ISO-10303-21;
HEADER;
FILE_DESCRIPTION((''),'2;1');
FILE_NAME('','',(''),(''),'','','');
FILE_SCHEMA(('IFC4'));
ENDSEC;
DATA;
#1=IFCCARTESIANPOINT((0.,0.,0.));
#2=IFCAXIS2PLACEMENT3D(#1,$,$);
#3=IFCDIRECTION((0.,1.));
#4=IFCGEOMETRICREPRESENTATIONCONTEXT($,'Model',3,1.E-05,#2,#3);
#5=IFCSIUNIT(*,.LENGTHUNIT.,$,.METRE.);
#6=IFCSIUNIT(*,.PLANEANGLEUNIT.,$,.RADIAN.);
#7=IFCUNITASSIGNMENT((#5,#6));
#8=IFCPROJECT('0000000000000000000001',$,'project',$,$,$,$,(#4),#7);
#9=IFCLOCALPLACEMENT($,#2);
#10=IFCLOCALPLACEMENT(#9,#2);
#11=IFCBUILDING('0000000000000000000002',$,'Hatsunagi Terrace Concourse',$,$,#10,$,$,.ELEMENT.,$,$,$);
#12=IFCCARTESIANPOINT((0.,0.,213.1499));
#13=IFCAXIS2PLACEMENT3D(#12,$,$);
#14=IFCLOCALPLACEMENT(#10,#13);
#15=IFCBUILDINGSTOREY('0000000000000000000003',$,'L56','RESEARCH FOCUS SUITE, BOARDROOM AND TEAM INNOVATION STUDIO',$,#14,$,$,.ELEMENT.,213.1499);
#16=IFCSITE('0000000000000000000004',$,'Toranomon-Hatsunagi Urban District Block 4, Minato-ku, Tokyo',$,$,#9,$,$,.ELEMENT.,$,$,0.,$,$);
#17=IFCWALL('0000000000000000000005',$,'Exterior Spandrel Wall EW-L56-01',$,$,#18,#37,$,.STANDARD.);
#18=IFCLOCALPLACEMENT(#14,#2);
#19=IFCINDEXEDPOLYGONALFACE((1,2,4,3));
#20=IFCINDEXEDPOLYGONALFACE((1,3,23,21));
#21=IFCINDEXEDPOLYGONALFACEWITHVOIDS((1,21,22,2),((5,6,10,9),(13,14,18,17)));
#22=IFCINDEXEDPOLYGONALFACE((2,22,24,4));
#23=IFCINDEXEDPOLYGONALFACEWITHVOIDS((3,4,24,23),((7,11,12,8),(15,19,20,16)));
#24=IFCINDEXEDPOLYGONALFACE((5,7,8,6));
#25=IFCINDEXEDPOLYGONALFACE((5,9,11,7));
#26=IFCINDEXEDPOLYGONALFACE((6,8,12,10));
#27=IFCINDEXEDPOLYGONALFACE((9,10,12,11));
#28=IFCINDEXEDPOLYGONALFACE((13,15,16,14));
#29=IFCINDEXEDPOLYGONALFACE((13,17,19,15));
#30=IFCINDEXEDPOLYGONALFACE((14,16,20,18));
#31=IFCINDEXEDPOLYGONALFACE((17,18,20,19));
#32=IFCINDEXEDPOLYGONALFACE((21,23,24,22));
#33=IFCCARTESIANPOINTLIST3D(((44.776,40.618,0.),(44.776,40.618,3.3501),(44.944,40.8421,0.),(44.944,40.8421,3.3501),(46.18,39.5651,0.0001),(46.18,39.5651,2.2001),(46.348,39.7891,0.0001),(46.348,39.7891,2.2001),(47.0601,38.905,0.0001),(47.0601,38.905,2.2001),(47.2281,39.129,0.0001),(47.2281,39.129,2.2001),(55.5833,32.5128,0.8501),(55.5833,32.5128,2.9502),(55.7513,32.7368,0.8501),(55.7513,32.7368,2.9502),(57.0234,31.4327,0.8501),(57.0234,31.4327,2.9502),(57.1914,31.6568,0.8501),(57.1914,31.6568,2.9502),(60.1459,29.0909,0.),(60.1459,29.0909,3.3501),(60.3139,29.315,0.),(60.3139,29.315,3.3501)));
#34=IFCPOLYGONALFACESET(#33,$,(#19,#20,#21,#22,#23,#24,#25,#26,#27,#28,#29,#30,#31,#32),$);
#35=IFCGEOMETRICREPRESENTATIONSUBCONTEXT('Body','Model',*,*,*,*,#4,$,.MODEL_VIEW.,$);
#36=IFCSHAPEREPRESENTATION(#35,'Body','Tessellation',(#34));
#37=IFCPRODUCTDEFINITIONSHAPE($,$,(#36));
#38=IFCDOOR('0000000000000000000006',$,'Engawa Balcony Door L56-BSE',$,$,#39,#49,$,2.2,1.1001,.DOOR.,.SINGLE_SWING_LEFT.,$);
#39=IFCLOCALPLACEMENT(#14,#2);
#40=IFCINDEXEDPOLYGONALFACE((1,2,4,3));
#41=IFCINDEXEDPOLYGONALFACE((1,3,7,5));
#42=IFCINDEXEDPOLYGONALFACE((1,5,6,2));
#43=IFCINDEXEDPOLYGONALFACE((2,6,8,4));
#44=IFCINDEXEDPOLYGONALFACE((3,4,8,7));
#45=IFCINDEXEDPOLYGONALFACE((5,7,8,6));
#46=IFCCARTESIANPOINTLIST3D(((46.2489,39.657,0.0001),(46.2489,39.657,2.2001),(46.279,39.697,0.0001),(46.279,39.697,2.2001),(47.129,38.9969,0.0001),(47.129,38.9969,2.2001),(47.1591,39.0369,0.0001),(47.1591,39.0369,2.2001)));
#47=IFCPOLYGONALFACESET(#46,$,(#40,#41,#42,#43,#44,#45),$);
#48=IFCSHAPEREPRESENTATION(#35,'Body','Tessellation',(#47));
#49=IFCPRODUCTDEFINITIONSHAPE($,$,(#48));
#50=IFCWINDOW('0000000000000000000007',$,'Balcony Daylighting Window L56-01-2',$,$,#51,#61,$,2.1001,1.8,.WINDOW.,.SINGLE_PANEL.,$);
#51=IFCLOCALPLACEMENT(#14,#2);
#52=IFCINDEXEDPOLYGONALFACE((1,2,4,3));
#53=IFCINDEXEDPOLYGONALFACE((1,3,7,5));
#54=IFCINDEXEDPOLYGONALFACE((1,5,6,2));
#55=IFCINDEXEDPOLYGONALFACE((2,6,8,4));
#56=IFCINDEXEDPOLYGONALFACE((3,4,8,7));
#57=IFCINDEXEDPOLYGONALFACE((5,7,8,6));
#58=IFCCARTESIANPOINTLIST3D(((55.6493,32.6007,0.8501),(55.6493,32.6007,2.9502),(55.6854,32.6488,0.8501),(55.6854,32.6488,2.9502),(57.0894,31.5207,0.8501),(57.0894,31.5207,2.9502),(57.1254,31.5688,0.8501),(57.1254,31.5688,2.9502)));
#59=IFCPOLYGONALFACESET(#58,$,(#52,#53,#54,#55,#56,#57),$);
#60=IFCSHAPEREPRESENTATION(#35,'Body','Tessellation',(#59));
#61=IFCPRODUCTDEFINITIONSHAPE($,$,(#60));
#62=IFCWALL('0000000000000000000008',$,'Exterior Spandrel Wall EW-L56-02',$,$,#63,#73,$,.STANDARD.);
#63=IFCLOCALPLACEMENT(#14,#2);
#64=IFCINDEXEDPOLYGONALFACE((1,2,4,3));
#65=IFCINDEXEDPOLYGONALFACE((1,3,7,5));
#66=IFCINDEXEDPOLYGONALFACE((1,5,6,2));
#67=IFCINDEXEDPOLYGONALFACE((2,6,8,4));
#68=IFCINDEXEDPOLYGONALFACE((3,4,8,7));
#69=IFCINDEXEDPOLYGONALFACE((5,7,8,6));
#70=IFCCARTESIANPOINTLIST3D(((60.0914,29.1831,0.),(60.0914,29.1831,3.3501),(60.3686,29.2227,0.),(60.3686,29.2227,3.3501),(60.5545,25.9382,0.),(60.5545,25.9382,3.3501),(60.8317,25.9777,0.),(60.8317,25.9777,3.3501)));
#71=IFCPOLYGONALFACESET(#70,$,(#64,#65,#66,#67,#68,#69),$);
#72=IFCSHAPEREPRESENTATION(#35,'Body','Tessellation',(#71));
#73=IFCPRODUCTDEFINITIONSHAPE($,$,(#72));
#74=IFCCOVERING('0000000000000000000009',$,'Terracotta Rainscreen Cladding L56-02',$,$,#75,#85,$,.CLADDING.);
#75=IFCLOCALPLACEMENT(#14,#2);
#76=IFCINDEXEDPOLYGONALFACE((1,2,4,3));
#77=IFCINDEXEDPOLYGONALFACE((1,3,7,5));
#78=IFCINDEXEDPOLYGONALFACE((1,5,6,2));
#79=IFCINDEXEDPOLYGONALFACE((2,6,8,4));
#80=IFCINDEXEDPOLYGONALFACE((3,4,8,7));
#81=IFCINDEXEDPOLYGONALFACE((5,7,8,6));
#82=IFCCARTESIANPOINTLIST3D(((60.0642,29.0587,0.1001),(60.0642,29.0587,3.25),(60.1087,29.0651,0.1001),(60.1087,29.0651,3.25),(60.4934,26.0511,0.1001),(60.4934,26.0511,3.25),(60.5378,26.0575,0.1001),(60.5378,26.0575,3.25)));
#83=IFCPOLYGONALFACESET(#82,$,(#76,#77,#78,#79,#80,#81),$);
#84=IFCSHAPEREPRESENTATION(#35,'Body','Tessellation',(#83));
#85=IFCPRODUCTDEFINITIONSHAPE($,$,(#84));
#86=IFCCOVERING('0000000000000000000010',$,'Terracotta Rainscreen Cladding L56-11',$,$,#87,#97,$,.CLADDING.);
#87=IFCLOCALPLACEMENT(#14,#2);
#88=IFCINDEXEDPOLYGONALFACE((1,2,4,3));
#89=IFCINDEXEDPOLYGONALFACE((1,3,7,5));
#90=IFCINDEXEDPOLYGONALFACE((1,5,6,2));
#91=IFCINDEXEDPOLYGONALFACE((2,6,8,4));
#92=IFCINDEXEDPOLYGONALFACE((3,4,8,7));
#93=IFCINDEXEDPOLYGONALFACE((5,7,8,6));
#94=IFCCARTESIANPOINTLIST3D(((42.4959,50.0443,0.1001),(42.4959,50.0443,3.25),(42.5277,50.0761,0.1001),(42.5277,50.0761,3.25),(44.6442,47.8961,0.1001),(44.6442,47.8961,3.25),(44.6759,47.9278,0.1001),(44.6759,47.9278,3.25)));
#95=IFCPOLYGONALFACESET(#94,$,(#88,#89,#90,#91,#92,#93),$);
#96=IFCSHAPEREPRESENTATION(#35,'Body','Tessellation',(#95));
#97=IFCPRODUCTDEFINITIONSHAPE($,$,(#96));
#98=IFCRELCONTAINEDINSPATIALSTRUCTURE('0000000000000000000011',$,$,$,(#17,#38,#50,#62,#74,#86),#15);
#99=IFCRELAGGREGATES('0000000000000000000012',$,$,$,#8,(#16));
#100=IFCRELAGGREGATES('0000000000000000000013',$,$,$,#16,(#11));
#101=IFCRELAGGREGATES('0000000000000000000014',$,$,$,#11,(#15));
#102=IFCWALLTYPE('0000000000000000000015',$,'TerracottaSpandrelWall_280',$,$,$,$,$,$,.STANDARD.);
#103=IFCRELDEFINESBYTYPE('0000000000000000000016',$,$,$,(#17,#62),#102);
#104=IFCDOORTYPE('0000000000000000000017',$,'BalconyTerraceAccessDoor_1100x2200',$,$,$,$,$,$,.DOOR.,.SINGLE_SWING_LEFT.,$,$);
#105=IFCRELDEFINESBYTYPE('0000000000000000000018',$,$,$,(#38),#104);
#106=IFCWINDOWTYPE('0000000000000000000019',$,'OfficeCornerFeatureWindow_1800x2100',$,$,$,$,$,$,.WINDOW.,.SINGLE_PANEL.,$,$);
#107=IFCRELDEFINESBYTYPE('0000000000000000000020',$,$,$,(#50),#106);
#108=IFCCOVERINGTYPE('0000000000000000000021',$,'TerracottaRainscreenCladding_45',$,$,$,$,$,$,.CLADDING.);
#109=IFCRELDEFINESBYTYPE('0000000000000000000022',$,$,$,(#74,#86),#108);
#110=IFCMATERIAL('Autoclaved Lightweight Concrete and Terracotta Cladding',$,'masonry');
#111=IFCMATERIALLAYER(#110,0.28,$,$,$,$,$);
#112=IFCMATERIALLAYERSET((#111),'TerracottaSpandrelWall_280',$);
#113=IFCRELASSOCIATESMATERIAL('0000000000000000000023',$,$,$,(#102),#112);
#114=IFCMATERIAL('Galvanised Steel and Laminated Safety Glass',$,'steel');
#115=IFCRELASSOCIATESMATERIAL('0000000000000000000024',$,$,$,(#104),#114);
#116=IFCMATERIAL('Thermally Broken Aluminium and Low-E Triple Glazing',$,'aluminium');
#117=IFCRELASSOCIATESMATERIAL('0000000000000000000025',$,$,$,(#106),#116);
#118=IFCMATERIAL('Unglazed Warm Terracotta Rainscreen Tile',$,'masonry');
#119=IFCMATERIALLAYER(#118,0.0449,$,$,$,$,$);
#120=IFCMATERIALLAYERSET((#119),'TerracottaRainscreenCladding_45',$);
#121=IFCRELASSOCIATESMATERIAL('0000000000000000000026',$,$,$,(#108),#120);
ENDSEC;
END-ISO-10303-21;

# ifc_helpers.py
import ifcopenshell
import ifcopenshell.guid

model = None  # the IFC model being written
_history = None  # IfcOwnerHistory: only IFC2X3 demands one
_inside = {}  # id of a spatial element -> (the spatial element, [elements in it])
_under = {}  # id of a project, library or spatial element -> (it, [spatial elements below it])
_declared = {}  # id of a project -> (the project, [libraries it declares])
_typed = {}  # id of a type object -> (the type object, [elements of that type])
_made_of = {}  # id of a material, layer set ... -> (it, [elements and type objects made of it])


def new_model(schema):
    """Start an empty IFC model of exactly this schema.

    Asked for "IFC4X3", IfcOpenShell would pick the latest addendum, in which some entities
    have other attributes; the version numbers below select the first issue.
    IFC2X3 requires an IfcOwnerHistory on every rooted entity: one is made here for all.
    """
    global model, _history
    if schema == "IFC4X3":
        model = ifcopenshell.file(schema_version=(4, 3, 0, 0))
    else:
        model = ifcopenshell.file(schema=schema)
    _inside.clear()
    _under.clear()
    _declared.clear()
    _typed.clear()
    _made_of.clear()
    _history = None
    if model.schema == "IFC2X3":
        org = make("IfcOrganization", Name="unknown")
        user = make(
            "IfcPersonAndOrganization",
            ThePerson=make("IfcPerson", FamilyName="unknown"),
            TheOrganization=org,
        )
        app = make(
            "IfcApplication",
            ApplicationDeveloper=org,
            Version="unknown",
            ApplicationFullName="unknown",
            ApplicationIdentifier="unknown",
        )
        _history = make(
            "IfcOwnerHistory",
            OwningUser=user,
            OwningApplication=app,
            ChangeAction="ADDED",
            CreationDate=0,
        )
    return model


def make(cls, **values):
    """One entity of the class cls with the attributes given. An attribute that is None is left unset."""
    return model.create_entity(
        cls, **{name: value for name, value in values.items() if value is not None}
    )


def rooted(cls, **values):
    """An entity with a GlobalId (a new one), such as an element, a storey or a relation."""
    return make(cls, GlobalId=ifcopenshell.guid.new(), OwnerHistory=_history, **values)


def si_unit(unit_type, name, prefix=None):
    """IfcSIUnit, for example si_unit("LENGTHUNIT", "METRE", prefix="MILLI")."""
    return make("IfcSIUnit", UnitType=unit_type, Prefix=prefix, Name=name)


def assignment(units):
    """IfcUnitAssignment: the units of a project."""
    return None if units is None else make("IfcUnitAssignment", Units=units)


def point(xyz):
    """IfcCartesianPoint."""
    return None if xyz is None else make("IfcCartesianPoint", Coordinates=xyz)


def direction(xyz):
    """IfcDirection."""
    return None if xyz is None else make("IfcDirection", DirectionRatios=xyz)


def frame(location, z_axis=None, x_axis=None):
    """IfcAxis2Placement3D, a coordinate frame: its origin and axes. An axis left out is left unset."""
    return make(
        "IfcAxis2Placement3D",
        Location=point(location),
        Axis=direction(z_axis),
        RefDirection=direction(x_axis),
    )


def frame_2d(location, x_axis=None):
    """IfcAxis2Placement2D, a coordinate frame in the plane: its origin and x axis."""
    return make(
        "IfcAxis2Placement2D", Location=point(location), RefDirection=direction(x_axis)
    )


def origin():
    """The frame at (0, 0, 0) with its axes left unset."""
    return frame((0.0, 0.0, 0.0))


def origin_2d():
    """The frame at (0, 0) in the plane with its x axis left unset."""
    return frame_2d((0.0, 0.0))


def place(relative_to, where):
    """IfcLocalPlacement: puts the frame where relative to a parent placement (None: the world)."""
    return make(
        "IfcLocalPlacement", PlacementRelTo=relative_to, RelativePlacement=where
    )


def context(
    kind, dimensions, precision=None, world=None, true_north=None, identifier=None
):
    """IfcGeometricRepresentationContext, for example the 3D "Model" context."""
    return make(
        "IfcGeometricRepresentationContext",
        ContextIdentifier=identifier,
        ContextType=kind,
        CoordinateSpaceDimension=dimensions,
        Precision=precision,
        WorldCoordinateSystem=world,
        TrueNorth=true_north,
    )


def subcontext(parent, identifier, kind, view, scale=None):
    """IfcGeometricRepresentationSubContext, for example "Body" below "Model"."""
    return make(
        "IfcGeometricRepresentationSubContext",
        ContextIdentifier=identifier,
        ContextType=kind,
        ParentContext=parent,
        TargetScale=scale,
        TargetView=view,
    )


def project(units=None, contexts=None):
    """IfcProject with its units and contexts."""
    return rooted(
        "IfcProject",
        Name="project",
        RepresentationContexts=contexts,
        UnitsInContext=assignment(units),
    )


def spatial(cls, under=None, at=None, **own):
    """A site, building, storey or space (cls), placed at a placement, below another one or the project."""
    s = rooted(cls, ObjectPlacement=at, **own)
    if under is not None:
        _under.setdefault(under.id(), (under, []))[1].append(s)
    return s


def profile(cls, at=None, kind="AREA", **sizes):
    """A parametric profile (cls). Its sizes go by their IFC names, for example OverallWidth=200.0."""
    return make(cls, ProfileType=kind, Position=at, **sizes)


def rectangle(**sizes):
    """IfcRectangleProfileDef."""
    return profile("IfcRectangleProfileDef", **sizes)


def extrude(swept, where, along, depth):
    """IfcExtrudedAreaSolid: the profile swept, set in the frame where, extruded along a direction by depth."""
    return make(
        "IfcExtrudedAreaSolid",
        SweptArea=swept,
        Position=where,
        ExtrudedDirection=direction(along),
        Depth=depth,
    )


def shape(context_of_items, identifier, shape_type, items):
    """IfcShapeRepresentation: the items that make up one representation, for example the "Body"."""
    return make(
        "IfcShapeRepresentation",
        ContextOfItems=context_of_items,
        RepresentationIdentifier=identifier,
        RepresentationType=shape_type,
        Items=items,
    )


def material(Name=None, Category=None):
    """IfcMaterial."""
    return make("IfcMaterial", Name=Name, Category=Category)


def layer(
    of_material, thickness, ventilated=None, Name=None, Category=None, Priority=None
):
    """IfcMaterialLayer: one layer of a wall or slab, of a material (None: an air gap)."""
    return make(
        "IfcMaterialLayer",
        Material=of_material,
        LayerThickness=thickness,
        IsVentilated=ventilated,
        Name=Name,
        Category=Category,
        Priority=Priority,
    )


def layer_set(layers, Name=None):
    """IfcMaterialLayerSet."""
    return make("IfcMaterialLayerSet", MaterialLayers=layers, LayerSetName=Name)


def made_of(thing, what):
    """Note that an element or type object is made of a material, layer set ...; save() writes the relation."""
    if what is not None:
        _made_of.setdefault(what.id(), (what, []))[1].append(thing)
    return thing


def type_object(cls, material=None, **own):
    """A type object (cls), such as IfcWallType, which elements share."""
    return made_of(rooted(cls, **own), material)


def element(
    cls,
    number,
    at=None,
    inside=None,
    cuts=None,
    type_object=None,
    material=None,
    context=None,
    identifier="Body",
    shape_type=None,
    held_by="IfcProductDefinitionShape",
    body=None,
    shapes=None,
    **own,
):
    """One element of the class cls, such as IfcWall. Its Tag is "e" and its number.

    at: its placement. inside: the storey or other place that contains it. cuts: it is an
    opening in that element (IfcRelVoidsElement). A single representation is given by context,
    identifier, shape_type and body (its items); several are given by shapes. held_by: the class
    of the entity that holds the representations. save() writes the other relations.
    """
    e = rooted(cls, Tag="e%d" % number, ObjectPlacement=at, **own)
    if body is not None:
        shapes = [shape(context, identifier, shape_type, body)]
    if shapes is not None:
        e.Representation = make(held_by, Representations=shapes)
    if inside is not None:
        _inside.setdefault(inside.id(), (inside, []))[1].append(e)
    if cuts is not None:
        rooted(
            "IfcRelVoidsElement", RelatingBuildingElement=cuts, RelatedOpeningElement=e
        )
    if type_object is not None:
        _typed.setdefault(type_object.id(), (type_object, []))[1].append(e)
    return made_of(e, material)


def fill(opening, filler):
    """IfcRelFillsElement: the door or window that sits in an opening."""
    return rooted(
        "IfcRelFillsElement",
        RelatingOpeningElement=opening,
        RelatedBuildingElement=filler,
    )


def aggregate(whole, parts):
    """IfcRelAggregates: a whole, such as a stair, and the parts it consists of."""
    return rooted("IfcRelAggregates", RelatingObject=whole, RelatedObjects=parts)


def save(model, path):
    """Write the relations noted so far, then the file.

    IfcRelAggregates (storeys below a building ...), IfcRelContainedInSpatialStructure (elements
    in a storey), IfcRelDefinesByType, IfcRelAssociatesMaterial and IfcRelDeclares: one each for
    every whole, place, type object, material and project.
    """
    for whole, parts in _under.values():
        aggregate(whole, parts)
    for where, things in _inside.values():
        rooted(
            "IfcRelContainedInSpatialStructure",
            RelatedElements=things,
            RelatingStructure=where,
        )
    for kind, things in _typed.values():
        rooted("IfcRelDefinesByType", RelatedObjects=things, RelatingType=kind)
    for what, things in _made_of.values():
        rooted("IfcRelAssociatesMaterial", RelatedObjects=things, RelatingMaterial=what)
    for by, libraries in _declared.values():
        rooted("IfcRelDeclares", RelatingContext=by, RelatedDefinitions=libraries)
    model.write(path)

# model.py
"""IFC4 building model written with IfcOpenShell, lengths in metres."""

from ifc_helpers import new_model, si_unit, direction, frame, frame_2d, origin, origin_2d, place, context, subcontext, project, spatial, rectangle, extrude, material, layer, layer_set, type_object, element, fill, save


model = new_model("IFC4")

# Units and contexts
model_context = context("Model", 3, precision=1e-05, world=origin(), true_north=direction((0.0, 1.0)))
body_context = subcontext(model_context, "Body", "Model", "MODEL_VIEW")
ifc_project = project(units=[si_unit("LENGTHUNIT", "METRE"), si_unit("PLANEANGLEUNIT", "RADIAN")], contexts=[model_context])

# Site, building, storey
site_placement = place(None, origin())
site = spatial("IfcSite", under=ifc_project, at=site_placement, Name="Toranomon-Hatsunagi Urban District Block 4, Minato-ku, Tokyo", CompositionType="ELEMENT", RefElevation=0.0)
building_placement = place(site_placement, origin())
building = spatial("IfcBuilding", under=site, at=building_placement, Name="Hatsunagi Terrace Concourse", CompositionType="ELEMENT")
storey_placement = place(building_placement, frame((0.0, 0.0, 213.1499)))
storey = spatial("IfcBuildingStorey", under=building, at=storey_placement, Name="L56", Description="RESEARCH FOCUS SUITE, BOARDROOM AND TEAM INNOVATION STUDIO", CompositionType="ELEMENT", Elevation=213.1499)

# Wall, openings, door, window
ifc_material_1 = material(Name="Autoclaved Lightweight Concrete and Terracotta Cladding", Category="masonry")
ifc_layer_1 = layer(ifc_material_1, 0.28)
ifc_layer_set_1 = layer_set([ifc_layer_1], Name="TerracottaSpandrelWall_280")
wall_type_1 = type_object("IfcWallType", Name="TerracottaSpandrelWall_280", PredefinedType="STANDARD", material=ifc_layer_set_1)
wall_1_placement = place(storey_placement, frame((44.8601, 40.73, 0.0), z_axis=(0.0, 0.0, 1.0), x_axis=(0.800008, -0.59999, 0.0)))
wall_1 = element("IfcWall", 1, at=wall_1_placement, inside=storey, type_object=wall_type_1, Name="Exterior Spandrel Wall EW-L56-01", PredefinedType="STANDARD", context=body_context, shape_type="SweptSolid", body=[
    extrude(rectangle(XDim=19.2122, YDim=0.28, at=frame_2d((9.606, 0.0))), origin(), (0.0, 0.0, 1.0), 3.3501),
])
opening_1_placement = place(wall_1_placement, frame((1.7549, 0.0, 0.0)))
opening_1 = element("IfcOpeningElement", 2, at=opening_1_placement, cuts=wall_1, PredefinedType="OPENING", context=body_context, shape_type="SweptSolid", body=[
    extrude(rectangle(XDim=1.1001, YDim=2.2, at=frame_2d((0.55, 1.1001))), frame((0.0, 0.1499, 0.0), z_axis=(0.0, -1.0, 0.0), x_axis=(1.0, 0.0, 0.0)), (0.0, 0.0, 1.0), 0.3),
])
opening_2_placement = place(wall_1_placement, frame((13.509, 0.0, 0.8501)))
opening_2 = element("IfcOpeningElement", 3, at=opening_2_placement, cuts=wall_1, PredefinedType="OPENING", context=body_context, shape_type="SweptSolid", body=[
    extrude(rectangle(XDim=1.8, YDim=2.1001, at=frame_2d((0.8999, 1.05))), frame((0.0, 0.1499, 0.0), z_axis=(0.0, -1.0, 0.0), x_axis=(1.0, 0.0, 0.0)), (0.0, 0.0, 1.0), 0.3),
])
ifc_material_2 = material(Name="Galvanised Steel and Laminated Safety Glass", Category="steel")
door_type_1 = type_object("IfcDoorType", Name="BalconyTerraceAccessDoor_1100x2200", OperationType="SINGLE_SWING_LEFT", PredefinedType="DOOR", material=ifc_material_2)
door_1_placement = place(opening_1_placement, origin())
door_1 = element("IfcDoor", 4, at=door_1_placement, inside=storey, type_object=door_type_1, Name="Engawa Balcony Door L56-BSE", OperationType="SINGLE_SWING_LEFT", OverallHeight=2.2, OverallWidth=1.1001, PredefinedType="DOOR", context=body_context, shape_type="SweptSolid", body=[
    extrude(rectangle(XDim=1.1001, YDim=2.2, at=frame_2d((0.55, 1.1001))), frame((0.0, 0.0249, 0.0), z_axis=(0.0, -1.0, 0.0), x_axis=(1.0, 0.0, 0.0)), (0.0, 0.0, 1.0), 0.05),
])
fill(opening_1, door_1)
ifc_material_3 = material(Name="Thermally Broken Aluminium and Low-E Triple Glazing", Category="aluminium")
window_type = type_object("IfcWindowType", Name="OfficeCornerFeatureWindow_1800x2100", PartitioningType="SINGLE_PANEL", PredefinedType="WINDOW", material=ifc_material_3)
window_placement = place(opening_2_placement, origin())
window = element("IfcWindow", 5, at=window_placement, inside=storey, type_object=window_type, Name="Balcony Daylighting Window L56-01-2", OverallHeight=2.1001, OverallWidth=1.8, PartitioningType="SINGLE_PANEL", PredefinedType="WINDOW", context=body_context, shape_type="SweptSolid", body=[
    extrude(rectangle(XDim=1.8, YDim=2.1001, at=frame_2d((0.8999, 1.05))), frame((0.0, 0.03, 0.0), z_axis=(0.0, -1.0, 0.0), x_axis=(1.0, 0.0, 0.0)), (0.0, 0.0, 1.0), 0.0601),
])
fill(opening_2, window)

# Wall
wall_2_placement = place(storey_placement, frame((60.23, 29.2029, 0.0), z_axis=(0.0, 0.0, 1.0), x_axis=(0.141296, -0.989967, 0.0)))
element("IfcWall", 6, at=wall_2_placement, inside=storey, type_object=wall_type_1, Name="Exterior Spandrel Wall EW-L56-02", PredefinedType="STANDARD", context=body_context, shape_type="SweptSolid", body=[
    extrude(rectangle(XDim=3.2778, YDim=0.28, at=frame_2d((1.6389, 0.0))), origin(), (0.0, 0.0, 1.0), 3.3501),
])

# Coverings
ifc_material_4 = material(Name="Unglazed Warm Terracotta Rainscreen Tile", Category="masonry")
ifc_layer_2 = layer(ifc_material_4, 0.0449)
ifc_layer_set_2 = layer_set([ifc_layer_2], Name="TerracottaRainscreenCladding_45")
covering_type = type_object("IfcCoveringType", Name="TerracottaRainscreenCladding_45", PredefinedType="CLADDING", material=ifc_layer_set_2)
for number, where, z_axis, x_axis, name in (
    (7, (60.301, 27.5581, 0.1001), (0.0, 0.0, 1.0), (0.14125, -0.989974, 0.0), "Terracotta Rainscreen Cladding L56-02"),
    (8, (43.5859, 48.9861, 0.1001), (0.0, 0.0, 1.0), (0.707107, -0.707107, 0.0), "Terracotta Rainscreen Cladding L56-11"),
):
    element("IfcCovering", number, at=place(storey_placement, frame(where, z_axis=z_axis, x_axis=x_axis)), inside=storey, type_object=covering_type, Name=name, PredefinedType="CLADDING", context=body_context, shape_type="SweptSolid", body=[
        extrude(rectangle(XDim=3.0381, YDim=0.0449, at=origin_2d()), origin(), (0.0, 0.0, 1.0), 3.1499),
    ])

save(model, "model.ifc")
